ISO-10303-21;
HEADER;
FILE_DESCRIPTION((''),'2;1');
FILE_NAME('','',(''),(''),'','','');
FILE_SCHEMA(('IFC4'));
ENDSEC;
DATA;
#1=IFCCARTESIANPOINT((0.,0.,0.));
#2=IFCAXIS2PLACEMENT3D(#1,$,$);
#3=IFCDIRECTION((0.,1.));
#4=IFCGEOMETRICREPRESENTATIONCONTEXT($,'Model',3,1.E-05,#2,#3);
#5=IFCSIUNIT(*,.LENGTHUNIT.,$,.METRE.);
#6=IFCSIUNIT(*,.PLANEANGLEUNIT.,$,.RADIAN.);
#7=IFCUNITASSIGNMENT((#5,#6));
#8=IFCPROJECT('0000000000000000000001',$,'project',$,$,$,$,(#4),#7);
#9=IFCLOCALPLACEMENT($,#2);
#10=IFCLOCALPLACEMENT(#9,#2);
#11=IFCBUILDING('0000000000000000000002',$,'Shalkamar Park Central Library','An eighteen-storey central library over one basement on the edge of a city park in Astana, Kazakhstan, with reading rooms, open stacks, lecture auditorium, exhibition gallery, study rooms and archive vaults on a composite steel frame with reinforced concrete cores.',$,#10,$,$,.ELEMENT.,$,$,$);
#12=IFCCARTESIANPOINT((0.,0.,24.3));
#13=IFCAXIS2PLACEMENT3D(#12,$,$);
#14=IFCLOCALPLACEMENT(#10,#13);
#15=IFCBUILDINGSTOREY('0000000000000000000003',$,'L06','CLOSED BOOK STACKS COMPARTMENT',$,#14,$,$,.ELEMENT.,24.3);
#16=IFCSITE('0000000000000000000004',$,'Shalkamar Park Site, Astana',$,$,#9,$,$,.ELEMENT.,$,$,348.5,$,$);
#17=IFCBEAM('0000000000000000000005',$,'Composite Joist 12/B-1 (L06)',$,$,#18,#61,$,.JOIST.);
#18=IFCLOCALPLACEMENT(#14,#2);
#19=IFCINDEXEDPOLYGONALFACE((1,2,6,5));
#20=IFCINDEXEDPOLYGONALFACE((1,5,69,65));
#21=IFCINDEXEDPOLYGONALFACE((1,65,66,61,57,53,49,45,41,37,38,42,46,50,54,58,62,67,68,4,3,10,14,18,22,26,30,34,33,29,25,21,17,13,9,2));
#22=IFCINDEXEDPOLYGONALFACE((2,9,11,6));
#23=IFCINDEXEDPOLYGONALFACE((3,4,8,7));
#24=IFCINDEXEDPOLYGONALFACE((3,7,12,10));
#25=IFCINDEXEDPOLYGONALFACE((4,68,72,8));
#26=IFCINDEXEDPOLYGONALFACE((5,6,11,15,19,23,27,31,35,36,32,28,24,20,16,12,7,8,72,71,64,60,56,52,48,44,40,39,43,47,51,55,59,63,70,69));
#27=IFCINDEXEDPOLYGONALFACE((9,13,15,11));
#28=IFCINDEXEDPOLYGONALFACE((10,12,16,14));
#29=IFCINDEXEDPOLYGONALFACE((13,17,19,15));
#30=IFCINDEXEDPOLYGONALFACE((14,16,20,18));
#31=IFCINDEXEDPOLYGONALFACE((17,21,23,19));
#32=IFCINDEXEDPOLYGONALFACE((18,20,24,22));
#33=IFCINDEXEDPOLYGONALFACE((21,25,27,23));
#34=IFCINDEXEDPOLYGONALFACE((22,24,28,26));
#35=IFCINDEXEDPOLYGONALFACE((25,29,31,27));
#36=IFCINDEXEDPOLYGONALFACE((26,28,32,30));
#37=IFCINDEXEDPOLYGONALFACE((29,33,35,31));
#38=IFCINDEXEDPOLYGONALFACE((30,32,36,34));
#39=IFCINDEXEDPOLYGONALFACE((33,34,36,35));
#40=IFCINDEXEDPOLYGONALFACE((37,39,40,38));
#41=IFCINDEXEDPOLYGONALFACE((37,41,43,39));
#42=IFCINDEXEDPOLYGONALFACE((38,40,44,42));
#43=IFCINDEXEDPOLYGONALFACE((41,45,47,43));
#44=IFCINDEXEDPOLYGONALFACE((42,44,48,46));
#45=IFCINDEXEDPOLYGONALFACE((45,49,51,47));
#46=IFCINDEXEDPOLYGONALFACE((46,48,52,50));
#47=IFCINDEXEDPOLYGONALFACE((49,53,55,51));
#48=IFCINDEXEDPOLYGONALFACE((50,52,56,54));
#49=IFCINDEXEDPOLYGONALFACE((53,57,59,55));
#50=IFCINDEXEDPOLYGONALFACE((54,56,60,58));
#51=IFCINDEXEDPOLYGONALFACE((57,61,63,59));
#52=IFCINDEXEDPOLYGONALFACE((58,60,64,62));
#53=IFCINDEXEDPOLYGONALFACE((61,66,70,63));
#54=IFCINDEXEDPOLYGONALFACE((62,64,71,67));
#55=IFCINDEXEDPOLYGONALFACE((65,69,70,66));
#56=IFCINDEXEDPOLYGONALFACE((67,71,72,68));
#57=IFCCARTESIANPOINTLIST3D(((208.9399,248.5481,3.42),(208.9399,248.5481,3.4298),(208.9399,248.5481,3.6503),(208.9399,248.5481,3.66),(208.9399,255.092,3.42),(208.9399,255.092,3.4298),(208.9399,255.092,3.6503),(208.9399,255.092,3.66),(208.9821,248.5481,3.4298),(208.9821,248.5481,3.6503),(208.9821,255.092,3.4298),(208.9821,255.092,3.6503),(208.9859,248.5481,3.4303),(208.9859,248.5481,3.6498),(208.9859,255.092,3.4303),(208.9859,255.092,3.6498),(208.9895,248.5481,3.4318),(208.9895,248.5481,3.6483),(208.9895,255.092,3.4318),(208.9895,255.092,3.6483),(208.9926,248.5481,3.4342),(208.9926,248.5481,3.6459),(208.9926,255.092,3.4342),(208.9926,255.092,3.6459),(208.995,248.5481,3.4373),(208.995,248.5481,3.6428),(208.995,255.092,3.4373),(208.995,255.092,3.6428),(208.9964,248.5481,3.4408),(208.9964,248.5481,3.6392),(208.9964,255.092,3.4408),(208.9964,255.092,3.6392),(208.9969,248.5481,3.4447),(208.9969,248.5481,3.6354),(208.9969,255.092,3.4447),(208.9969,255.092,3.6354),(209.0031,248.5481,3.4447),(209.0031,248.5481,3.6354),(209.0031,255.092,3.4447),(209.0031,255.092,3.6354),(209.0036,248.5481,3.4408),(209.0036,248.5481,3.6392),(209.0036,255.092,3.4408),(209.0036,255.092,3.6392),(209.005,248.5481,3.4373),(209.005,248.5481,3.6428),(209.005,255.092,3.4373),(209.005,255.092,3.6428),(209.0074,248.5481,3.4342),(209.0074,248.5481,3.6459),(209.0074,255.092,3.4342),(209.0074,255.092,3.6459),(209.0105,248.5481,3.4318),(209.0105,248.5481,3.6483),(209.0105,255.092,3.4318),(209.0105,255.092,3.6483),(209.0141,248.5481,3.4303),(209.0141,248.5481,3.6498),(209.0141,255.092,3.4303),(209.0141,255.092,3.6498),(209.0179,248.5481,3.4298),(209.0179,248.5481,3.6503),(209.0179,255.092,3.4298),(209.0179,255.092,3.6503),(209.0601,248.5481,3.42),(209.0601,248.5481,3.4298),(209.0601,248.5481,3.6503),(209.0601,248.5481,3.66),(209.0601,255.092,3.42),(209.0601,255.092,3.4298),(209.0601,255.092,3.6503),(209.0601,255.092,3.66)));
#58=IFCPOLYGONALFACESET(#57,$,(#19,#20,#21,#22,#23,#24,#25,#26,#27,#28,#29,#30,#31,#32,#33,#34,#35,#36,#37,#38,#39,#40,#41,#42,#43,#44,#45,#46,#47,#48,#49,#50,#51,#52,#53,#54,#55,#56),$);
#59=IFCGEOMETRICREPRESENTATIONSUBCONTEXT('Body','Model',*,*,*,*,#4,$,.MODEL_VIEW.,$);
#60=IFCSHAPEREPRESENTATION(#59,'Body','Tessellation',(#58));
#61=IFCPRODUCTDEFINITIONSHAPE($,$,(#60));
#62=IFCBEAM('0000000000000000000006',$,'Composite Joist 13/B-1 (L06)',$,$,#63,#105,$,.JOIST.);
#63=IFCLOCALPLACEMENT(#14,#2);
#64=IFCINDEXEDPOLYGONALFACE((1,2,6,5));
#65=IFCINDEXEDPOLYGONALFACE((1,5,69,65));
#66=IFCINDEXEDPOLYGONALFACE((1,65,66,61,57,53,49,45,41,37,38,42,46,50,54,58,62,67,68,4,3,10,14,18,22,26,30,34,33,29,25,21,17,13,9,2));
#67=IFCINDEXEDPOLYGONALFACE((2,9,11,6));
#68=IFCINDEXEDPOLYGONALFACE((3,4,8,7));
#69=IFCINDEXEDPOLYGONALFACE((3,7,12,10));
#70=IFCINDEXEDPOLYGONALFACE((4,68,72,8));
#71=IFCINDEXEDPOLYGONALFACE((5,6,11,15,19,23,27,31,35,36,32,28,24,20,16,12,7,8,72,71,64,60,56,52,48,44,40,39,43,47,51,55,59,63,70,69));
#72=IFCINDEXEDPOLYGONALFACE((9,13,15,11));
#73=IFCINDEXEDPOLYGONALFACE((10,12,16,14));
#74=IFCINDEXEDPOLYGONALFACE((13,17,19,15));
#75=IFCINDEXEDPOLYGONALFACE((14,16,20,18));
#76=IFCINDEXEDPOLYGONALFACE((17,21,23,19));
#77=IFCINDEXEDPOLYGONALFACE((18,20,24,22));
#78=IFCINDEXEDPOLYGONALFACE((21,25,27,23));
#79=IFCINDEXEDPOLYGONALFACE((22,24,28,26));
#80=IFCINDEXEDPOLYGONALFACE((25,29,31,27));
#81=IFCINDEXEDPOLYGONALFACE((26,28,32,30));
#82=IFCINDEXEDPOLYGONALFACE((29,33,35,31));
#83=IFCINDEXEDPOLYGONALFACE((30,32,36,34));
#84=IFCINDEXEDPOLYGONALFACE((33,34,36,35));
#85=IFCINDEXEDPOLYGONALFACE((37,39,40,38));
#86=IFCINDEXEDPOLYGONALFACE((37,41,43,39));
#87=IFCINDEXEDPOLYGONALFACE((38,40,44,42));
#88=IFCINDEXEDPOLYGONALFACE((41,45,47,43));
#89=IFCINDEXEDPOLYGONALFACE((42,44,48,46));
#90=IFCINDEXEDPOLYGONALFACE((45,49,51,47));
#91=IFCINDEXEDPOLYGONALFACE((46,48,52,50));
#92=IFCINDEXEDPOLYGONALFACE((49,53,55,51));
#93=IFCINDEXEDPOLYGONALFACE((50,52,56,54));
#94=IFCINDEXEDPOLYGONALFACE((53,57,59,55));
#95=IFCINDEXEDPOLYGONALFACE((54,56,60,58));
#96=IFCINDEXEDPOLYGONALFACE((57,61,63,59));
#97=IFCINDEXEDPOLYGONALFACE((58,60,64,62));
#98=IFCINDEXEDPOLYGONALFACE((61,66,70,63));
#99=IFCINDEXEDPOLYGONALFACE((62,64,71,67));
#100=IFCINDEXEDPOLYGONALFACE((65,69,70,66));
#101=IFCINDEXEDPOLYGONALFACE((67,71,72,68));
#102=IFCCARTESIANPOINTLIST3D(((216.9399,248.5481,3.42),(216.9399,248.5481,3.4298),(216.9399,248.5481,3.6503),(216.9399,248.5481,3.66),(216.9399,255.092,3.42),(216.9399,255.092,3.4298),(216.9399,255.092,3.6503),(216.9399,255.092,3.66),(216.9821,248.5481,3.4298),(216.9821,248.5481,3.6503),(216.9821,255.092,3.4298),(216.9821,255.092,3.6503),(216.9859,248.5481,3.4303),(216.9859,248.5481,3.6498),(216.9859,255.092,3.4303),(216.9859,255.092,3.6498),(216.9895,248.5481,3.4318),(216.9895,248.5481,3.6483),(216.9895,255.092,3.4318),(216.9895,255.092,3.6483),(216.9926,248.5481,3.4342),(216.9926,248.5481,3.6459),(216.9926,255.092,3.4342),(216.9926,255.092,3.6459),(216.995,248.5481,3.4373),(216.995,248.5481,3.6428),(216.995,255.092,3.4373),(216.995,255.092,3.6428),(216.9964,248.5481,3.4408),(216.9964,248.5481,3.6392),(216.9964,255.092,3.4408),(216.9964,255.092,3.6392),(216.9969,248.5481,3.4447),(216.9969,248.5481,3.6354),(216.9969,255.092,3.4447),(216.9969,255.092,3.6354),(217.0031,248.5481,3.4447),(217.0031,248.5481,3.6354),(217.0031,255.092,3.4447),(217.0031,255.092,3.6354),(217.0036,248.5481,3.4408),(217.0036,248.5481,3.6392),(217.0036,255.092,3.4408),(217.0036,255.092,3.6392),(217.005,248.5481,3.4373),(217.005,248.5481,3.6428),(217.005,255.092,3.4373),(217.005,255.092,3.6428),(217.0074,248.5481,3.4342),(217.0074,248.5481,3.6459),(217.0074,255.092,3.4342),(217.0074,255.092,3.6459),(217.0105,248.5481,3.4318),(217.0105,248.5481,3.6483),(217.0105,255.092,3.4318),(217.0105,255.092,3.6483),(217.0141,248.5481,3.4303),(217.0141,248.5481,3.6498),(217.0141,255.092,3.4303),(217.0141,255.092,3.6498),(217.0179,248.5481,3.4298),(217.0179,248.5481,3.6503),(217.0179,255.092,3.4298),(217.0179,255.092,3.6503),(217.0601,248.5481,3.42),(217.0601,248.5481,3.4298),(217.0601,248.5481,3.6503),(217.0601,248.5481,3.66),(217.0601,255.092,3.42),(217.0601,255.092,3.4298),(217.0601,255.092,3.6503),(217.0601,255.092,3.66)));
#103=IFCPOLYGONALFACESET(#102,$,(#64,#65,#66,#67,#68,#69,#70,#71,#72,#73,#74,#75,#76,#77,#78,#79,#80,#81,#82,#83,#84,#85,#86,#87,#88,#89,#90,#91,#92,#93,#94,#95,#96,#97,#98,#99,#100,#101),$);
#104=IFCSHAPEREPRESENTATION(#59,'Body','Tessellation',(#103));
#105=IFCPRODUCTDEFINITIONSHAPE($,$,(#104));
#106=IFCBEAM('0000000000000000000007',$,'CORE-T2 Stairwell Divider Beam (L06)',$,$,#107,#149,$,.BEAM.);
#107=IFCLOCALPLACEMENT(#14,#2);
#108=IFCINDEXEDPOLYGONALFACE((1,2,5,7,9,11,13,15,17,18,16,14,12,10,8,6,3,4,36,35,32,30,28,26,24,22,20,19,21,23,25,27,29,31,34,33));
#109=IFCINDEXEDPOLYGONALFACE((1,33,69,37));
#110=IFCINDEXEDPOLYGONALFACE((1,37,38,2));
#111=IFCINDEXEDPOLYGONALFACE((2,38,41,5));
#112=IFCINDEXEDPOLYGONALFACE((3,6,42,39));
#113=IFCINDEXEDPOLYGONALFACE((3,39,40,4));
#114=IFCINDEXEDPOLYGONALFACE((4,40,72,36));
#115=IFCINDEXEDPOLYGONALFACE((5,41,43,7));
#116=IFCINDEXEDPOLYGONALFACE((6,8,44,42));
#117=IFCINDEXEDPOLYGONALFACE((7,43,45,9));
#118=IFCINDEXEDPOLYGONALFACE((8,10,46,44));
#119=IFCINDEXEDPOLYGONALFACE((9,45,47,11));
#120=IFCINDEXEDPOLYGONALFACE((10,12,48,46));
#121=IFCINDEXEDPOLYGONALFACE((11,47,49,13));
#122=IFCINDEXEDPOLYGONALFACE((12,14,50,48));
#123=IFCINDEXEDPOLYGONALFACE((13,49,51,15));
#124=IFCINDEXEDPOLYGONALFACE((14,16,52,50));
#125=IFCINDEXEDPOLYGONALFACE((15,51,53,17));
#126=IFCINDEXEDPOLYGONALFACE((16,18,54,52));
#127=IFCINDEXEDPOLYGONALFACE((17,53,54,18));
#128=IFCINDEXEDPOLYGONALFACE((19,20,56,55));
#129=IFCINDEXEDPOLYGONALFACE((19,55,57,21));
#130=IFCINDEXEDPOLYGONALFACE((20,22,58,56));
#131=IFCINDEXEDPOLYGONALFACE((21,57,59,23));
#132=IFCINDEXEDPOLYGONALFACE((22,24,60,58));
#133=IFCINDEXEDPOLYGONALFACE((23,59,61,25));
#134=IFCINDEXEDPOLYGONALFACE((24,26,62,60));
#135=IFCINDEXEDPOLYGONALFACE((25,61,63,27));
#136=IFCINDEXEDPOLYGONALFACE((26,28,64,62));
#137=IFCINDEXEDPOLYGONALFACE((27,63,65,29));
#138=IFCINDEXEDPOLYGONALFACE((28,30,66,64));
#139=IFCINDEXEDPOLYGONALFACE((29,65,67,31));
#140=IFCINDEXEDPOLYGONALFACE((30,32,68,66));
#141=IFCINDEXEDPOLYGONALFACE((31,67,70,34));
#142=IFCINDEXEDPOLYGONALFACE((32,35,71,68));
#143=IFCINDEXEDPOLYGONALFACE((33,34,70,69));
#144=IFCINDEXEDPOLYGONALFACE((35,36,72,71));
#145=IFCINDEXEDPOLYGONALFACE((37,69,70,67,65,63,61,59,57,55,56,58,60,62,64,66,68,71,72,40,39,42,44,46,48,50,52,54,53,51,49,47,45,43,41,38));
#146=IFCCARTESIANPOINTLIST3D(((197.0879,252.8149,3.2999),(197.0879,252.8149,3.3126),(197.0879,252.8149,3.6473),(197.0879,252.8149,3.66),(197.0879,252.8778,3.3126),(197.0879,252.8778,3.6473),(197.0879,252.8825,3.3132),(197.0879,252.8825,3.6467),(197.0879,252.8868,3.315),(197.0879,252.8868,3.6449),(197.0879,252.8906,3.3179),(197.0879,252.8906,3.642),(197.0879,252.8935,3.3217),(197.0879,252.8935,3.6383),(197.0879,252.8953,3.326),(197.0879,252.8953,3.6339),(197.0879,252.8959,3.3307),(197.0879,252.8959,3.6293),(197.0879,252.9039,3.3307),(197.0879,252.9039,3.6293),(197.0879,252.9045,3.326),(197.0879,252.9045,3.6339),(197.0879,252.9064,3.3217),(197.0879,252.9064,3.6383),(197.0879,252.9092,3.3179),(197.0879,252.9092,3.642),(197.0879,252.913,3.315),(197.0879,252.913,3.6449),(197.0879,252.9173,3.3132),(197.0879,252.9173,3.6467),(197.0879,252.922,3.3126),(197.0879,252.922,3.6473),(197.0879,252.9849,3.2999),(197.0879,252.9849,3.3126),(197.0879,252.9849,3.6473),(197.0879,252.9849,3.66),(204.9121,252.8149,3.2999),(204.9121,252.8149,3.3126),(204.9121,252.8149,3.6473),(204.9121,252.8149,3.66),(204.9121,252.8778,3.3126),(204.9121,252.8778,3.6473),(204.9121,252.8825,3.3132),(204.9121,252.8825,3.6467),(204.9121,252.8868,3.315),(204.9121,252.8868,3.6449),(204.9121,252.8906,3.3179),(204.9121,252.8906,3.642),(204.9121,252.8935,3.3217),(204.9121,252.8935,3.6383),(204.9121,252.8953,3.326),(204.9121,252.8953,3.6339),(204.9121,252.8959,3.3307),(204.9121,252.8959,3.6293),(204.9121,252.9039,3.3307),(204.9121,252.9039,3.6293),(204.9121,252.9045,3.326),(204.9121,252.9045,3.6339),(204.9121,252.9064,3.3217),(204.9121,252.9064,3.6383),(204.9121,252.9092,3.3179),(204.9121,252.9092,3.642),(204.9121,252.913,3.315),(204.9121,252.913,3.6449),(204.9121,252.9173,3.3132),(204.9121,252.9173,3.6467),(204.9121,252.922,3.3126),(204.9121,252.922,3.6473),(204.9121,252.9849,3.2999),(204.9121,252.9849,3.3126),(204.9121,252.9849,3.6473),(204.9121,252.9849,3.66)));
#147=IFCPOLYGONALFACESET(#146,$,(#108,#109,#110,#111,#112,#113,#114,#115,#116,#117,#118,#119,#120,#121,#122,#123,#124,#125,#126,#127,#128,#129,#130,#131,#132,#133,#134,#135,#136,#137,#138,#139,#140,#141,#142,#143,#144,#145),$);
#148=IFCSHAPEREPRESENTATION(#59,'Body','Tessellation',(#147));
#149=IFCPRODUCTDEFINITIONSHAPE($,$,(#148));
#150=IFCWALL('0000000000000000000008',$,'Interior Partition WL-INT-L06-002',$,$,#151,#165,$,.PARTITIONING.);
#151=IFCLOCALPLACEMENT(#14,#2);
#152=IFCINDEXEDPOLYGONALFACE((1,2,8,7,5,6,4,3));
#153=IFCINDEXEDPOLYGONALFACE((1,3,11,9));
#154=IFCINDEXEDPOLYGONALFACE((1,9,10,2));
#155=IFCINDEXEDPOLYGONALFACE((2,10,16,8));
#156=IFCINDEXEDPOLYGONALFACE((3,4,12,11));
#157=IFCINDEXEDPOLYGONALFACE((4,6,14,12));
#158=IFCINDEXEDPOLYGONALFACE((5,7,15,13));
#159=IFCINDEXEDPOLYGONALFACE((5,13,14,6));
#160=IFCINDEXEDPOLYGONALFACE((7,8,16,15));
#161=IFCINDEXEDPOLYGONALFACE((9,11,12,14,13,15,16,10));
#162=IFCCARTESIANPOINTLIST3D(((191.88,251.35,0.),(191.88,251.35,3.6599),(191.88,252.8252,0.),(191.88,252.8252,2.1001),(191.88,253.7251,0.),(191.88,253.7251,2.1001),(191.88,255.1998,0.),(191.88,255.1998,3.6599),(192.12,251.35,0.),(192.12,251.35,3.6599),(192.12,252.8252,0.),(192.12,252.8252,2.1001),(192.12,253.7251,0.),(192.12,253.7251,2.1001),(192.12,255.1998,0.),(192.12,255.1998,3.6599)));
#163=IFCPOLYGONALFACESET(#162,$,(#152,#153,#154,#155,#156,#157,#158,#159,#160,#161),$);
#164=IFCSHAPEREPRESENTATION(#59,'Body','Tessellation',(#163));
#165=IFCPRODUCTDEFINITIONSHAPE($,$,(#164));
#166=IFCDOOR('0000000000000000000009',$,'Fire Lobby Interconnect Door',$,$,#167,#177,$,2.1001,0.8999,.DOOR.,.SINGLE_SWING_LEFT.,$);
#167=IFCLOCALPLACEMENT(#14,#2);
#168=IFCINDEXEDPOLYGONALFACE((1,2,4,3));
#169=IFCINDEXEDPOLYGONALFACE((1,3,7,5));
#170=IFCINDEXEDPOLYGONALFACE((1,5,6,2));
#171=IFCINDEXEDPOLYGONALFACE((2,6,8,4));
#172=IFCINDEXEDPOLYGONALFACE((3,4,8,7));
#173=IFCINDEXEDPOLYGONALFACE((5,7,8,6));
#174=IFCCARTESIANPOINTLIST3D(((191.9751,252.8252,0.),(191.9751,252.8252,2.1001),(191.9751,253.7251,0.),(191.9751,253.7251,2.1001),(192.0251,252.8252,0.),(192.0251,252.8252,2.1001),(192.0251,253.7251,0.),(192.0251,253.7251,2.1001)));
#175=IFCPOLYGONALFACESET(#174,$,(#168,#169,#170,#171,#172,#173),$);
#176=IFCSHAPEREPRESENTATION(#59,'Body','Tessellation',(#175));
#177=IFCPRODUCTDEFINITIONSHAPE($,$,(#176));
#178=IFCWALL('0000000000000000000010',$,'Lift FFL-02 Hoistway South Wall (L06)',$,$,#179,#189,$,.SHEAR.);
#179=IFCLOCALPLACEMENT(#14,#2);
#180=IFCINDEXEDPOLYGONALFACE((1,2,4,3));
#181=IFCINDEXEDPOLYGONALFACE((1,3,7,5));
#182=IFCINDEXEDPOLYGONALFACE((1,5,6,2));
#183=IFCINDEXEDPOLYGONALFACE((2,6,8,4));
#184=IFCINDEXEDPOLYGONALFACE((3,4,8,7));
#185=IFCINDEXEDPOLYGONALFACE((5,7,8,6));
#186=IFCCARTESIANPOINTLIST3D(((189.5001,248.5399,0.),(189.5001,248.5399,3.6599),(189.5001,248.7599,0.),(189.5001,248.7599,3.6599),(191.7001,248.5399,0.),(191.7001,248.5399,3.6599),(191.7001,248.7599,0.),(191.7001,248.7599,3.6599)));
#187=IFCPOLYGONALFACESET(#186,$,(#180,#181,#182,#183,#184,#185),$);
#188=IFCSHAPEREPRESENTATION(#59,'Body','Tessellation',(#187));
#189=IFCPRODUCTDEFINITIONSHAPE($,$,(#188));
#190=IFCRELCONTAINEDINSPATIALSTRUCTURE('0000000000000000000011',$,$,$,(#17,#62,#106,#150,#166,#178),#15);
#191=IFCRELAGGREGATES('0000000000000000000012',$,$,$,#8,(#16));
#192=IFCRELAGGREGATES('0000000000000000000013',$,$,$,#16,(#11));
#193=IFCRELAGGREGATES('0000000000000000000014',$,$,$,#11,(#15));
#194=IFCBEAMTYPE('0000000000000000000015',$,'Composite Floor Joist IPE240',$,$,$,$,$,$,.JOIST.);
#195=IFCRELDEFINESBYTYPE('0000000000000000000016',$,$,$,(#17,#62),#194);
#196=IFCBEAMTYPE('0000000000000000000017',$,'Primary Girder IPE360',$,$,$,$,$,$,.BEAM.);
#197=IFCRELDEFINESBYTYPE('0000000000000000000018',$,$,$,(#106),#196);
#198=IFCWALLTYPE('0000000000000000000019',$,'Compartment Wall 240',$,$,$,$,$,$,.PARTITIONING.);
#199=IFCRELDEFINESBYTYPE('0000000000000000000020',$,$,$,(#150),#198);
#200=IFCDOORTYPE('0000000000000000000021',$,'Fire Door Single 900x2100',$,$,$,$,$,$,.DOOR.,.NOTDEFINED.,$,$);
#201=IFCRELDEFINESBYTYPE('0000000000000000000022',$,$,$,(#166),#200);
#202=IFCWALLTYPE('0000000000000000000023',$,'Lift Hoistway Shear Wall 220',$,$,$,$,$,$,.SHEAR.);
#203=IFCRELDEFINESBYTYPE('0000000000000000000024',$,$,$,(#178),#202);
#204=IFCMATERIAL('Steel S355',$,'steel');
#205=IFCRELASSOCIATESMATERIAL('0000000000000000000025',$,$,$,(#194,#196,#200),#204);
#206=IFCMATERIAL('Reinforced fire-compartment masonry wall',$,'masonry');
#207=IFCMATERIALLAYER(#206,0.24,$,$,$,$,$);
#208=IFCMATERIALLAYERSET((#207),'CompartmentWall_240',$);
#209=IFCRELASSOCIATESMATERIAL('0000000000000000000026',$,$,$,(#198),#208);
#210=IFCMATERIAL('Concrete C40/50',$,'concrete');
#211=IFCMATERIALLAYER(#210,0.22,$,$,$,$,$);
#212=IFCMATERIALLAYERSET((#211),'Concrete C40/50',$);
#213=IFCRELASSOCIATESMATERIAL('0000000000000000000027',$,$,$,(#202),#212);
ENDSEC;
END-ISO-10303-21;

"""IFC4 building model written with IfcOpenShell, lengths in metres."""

from ifc_helpers import new_model, si_unit, direction, frame, frame_2d, origin, origin_2d, place, context, subcontext, project, spatial, rectangle, i_section, extrude, material, layer, layer_set, material_profile, profile_set, type_object, element, fill, save


model = new_model("IFC4")

# Units and contexts
model_context = context("Model", 3, precision=1e-05, world=origin(), true_north=direction((0.0, 1.0)))
body_context = subcontext(model_context, "Body", "Model", "MODEL_VIEW")
ifc_project = project(units=[si_unit("LENGTHUNIT", "METRE"), si_unit("PLANEANGLEUNIT", "RADIAN")], contexts=[model_context])

# Site, building, storey
site_placement = place(None, origin())
site = spatial("IfcSite", under=ifc_project, at=site_placement, Name="Shalkamar Park Site, Astana", CompositionType="ELEMENT", RefElevation=348.5)
building_placement = place(site_placement, origin())
building = spatial("IfcBuilding", under=site, at=building_placement, Name="Shalkamar Park Central Library", Description="An eighteen-storey central library over one basement on the edge of a city park in Astana, Kazakhstan, with reading rooms, open stacks, lecture auditorium, exhibition gallery, study rooms and archive vaults on a composite steel frame with reinforced concrete cores.", CompositionType="ELEMENT")
storey_placement = place(building_placement, frame((0.0, 0.0, 24.3)))
storey = spatial("IfcBuildingStorey", under=building, at=storey_placement, Name="L06", Description="CLOSED BOOK STACKS COMPARTMENT", CompositionType="ELEMENT", Elevation=24.3)

# Shared definitions
ifc_material_1 = material(Name="Steel S355", Category="steel")

# Beams
ifc_material_profile_1 = material_profile(ifc_material_1, i_section(OverallWidth=0.1201, OverallDepth=0.24, WebThickness=0.0061, FlangeThickness=0.0098, FilletRadius=0.0149, at=origin_2d()), Name="IPE 240")
ifc_profile_set_1 = profile_set([ifc_material_profile_1], Name="Steel S355")
beam_type_1 = type_object("IfcBeamType", Name="Composite Floor Joist IPE240", PredefinedType="JOIST", material=ifc_profile_set_1)
for number, where, z_axis, x_axis, name in (
    (1, (209.0, 248.5481, 3.54), (0.0, 1.0, 0.0), (-1.0, 0.0, 0.0), "Composite Joist 12/B-1 (L06)"),
    (2, (217.0, 248.5481, 3.54), (0.0, 1.0, 0.0), (-1.0, 0.0, 0.0), "Composite Joist 13/B-1 (L06)"),
):
    element("IfcBeam", number, at=place(storey_placement, frame(where, z_axis=z_axis, x_axis=x_axis)), inside=storey, type_object=beam_type_1, Name=name, PredefinedType="JOIST", context=body_context, shape_type="SweptSolid", body=[
        extrude(i_section(OverallWidth=0.1201, OverallDepth=0.24, WebThickness=0.0061, FlangeThickness=0.0098, FilletRadius=0.0149, at=origin_2d()), origin(), (0.0, 0.0, 1.0), 6.5439),
    ])
ifc_material_profile_2 = material_profile(ifc_material_1, i_section(OverallWidth=0.1699, OverallDepth=0.3601, WebThickness=0.0081, FlangeThickness=0.0127, FilletRadius=0.0181, at=origin_2d()), Name="IPE 360")
ifc_profile_set_2 = profile_set([ifc_material_profile_2], Name="Steel S355")
beam_type_2 = type_object("IfcBeamType", Name="Primary Girder IPE360", PredefinedType="BEAM", material=ifc_profile_set_2)
beam_1_placement = place(storey_placement, frame((197.0879, 252.8999, 3.48), z_axis=(1.0, 0.0, 0.0), x_axis=(0.0, 1.0, 0.0)))
element("IfcBeam", 3, at=beam_1_placement, inside=storey, type_object=beam_type_2, Name="CORE-T2 Stairwell Divider Beam (L06)", PredefinedType="BEAM", context=body_context, shape_type="SweptSolid", body=[
    extrude(i_section(OverallWidth=0.1699, OverallDepth=0.3601, WebThickness=0.0081, FlangeThickness=0.0127, FilletRadius=0.0181, at=origin_2d()), origin(), (0.0, 0.0, 1.0), 7.8242),
])

# Wall, opening, door
ifc_material_2 = material(Name="Reinforced fire-compartment masonry wall", Category="masonry")
ifc_layer_1 = layer(ifc_material_2, 0.24)
ifc_layer_set_1 = layer_set([ifc_layer_1], Name="CompartmentWall_240")
wall_type_1 = type_object("IfcWallType", Name="Compartment Wall 240", PredefinedType="PARTITIONING", material=ifc_layer_set_1)
wall_1_placement = place(storey_placement, frame((192.0, 251.3501, 0.0), z_axis=(0.0, 0.0, 1.0), x_axis=(0.0, 1.0, 0.0)))
wall_1 = element("IfcWall", 4, at=wall_1_placement, inside=storey, type_object=wall_type_1, Name="Interior Partition WL-INT-L06-002", PredefinedType="PARTITIONING", context=body_context, shape_type="SweptSolid", body=[
    extrude(rectangle(XDim=3.8499, YDim=0.24, at=frame_2d((1.9248, 0.0))), origin(), (0.0, 0.0, 1.0), 3.6599),
])
opening_1_placement = place(wall_1_placement, frame((1.4751, 0.0, 0.0)))
opening_1 = element("IfcOpeningElement", 5, at=opening_1_placement, cuts=wall_1, PredefinedType="OPENING", context=body_context, shape_type="SweptSolid", body=[
    extrude(rectangle(XDim=0.8999, YDim=2.1001, at=frame_2d((0.45, 1.05))), frame((0.0, 0.1348, 0.0), z_axis=(0.0, -1.0, 0.0), x_axis=(1.0, 0.0, 0.0)), (0.0, 0.0, 1.0), 0.2698),
])
door_type_1 = type_object("IfcDoorType", Name="Fire Door Single 900x2100", OperationType="NOTDEFINED", PredefinedType="DOOR", material=ifc_material_1)
door_1_placement = place(opening_1_placement, origin())
door_1 = element("IfcDoor", 6, at=door_1_placement, inside=storey, type_object=door_type_1, Name="Fire Lobby Interconnect Door", OperationType="SINGLE_SWING_LEFT", OverallHeight=2.1001, OverallWidth=0.8999, PredefinedType="DOOR", context=body_context, shape_type="SweptSolid", body=[
    extrude(rectangle(XDim=0.8999, YDim=2.1001, at=frame_2d((0.45, 1.05))), frame((0.0, 0.0249, 0.0), z_axis=(0.0, -1.0, 0.0), x_axis=(1.0, 0.0, 0.0)), (0.0, 0.0, 1.0), 0.05),
])
fill(opening_1, door_1)

# Wall
ifc_material_3 = material(Name="Concrete C40/50", Category="concrete")
ifc_layer_2 = layer(ifc_material_3, 0.22)
ifc_layer_set_2 = layer_set([ifc_layer_2], Name="Concrete C40/50")
wall_type_2 = type_object("IfcWallType", Name="Lift Hoistway Shear Wall 220", PredefinedType="SHEAR", material=ifc_layer_set_2)
wall_2_placement = place(storey_placement, frame((189.5, 248.6499, 0.0), z_axis=(0.0, 0.0, 1.0), x_axis=(1.0, 0.0, 0.0)))
element("IfcWall", 7, at=wall_2_placement, inside=storey, type_object=wall_type_2, Name="Lift FFL-02 Hoistway South Wall (L06)", PredefinedType="SHEAR", context=body_context, shape_type="SweptSolid", body=[
    extrude(rectangle(XDim=2.2, YDim=0.22, at=frame_2d((1.1001, 0.0))), origin(), (0.0, 0.0, 1.0), 3.6599),
])

save(model, "model.ifc")
